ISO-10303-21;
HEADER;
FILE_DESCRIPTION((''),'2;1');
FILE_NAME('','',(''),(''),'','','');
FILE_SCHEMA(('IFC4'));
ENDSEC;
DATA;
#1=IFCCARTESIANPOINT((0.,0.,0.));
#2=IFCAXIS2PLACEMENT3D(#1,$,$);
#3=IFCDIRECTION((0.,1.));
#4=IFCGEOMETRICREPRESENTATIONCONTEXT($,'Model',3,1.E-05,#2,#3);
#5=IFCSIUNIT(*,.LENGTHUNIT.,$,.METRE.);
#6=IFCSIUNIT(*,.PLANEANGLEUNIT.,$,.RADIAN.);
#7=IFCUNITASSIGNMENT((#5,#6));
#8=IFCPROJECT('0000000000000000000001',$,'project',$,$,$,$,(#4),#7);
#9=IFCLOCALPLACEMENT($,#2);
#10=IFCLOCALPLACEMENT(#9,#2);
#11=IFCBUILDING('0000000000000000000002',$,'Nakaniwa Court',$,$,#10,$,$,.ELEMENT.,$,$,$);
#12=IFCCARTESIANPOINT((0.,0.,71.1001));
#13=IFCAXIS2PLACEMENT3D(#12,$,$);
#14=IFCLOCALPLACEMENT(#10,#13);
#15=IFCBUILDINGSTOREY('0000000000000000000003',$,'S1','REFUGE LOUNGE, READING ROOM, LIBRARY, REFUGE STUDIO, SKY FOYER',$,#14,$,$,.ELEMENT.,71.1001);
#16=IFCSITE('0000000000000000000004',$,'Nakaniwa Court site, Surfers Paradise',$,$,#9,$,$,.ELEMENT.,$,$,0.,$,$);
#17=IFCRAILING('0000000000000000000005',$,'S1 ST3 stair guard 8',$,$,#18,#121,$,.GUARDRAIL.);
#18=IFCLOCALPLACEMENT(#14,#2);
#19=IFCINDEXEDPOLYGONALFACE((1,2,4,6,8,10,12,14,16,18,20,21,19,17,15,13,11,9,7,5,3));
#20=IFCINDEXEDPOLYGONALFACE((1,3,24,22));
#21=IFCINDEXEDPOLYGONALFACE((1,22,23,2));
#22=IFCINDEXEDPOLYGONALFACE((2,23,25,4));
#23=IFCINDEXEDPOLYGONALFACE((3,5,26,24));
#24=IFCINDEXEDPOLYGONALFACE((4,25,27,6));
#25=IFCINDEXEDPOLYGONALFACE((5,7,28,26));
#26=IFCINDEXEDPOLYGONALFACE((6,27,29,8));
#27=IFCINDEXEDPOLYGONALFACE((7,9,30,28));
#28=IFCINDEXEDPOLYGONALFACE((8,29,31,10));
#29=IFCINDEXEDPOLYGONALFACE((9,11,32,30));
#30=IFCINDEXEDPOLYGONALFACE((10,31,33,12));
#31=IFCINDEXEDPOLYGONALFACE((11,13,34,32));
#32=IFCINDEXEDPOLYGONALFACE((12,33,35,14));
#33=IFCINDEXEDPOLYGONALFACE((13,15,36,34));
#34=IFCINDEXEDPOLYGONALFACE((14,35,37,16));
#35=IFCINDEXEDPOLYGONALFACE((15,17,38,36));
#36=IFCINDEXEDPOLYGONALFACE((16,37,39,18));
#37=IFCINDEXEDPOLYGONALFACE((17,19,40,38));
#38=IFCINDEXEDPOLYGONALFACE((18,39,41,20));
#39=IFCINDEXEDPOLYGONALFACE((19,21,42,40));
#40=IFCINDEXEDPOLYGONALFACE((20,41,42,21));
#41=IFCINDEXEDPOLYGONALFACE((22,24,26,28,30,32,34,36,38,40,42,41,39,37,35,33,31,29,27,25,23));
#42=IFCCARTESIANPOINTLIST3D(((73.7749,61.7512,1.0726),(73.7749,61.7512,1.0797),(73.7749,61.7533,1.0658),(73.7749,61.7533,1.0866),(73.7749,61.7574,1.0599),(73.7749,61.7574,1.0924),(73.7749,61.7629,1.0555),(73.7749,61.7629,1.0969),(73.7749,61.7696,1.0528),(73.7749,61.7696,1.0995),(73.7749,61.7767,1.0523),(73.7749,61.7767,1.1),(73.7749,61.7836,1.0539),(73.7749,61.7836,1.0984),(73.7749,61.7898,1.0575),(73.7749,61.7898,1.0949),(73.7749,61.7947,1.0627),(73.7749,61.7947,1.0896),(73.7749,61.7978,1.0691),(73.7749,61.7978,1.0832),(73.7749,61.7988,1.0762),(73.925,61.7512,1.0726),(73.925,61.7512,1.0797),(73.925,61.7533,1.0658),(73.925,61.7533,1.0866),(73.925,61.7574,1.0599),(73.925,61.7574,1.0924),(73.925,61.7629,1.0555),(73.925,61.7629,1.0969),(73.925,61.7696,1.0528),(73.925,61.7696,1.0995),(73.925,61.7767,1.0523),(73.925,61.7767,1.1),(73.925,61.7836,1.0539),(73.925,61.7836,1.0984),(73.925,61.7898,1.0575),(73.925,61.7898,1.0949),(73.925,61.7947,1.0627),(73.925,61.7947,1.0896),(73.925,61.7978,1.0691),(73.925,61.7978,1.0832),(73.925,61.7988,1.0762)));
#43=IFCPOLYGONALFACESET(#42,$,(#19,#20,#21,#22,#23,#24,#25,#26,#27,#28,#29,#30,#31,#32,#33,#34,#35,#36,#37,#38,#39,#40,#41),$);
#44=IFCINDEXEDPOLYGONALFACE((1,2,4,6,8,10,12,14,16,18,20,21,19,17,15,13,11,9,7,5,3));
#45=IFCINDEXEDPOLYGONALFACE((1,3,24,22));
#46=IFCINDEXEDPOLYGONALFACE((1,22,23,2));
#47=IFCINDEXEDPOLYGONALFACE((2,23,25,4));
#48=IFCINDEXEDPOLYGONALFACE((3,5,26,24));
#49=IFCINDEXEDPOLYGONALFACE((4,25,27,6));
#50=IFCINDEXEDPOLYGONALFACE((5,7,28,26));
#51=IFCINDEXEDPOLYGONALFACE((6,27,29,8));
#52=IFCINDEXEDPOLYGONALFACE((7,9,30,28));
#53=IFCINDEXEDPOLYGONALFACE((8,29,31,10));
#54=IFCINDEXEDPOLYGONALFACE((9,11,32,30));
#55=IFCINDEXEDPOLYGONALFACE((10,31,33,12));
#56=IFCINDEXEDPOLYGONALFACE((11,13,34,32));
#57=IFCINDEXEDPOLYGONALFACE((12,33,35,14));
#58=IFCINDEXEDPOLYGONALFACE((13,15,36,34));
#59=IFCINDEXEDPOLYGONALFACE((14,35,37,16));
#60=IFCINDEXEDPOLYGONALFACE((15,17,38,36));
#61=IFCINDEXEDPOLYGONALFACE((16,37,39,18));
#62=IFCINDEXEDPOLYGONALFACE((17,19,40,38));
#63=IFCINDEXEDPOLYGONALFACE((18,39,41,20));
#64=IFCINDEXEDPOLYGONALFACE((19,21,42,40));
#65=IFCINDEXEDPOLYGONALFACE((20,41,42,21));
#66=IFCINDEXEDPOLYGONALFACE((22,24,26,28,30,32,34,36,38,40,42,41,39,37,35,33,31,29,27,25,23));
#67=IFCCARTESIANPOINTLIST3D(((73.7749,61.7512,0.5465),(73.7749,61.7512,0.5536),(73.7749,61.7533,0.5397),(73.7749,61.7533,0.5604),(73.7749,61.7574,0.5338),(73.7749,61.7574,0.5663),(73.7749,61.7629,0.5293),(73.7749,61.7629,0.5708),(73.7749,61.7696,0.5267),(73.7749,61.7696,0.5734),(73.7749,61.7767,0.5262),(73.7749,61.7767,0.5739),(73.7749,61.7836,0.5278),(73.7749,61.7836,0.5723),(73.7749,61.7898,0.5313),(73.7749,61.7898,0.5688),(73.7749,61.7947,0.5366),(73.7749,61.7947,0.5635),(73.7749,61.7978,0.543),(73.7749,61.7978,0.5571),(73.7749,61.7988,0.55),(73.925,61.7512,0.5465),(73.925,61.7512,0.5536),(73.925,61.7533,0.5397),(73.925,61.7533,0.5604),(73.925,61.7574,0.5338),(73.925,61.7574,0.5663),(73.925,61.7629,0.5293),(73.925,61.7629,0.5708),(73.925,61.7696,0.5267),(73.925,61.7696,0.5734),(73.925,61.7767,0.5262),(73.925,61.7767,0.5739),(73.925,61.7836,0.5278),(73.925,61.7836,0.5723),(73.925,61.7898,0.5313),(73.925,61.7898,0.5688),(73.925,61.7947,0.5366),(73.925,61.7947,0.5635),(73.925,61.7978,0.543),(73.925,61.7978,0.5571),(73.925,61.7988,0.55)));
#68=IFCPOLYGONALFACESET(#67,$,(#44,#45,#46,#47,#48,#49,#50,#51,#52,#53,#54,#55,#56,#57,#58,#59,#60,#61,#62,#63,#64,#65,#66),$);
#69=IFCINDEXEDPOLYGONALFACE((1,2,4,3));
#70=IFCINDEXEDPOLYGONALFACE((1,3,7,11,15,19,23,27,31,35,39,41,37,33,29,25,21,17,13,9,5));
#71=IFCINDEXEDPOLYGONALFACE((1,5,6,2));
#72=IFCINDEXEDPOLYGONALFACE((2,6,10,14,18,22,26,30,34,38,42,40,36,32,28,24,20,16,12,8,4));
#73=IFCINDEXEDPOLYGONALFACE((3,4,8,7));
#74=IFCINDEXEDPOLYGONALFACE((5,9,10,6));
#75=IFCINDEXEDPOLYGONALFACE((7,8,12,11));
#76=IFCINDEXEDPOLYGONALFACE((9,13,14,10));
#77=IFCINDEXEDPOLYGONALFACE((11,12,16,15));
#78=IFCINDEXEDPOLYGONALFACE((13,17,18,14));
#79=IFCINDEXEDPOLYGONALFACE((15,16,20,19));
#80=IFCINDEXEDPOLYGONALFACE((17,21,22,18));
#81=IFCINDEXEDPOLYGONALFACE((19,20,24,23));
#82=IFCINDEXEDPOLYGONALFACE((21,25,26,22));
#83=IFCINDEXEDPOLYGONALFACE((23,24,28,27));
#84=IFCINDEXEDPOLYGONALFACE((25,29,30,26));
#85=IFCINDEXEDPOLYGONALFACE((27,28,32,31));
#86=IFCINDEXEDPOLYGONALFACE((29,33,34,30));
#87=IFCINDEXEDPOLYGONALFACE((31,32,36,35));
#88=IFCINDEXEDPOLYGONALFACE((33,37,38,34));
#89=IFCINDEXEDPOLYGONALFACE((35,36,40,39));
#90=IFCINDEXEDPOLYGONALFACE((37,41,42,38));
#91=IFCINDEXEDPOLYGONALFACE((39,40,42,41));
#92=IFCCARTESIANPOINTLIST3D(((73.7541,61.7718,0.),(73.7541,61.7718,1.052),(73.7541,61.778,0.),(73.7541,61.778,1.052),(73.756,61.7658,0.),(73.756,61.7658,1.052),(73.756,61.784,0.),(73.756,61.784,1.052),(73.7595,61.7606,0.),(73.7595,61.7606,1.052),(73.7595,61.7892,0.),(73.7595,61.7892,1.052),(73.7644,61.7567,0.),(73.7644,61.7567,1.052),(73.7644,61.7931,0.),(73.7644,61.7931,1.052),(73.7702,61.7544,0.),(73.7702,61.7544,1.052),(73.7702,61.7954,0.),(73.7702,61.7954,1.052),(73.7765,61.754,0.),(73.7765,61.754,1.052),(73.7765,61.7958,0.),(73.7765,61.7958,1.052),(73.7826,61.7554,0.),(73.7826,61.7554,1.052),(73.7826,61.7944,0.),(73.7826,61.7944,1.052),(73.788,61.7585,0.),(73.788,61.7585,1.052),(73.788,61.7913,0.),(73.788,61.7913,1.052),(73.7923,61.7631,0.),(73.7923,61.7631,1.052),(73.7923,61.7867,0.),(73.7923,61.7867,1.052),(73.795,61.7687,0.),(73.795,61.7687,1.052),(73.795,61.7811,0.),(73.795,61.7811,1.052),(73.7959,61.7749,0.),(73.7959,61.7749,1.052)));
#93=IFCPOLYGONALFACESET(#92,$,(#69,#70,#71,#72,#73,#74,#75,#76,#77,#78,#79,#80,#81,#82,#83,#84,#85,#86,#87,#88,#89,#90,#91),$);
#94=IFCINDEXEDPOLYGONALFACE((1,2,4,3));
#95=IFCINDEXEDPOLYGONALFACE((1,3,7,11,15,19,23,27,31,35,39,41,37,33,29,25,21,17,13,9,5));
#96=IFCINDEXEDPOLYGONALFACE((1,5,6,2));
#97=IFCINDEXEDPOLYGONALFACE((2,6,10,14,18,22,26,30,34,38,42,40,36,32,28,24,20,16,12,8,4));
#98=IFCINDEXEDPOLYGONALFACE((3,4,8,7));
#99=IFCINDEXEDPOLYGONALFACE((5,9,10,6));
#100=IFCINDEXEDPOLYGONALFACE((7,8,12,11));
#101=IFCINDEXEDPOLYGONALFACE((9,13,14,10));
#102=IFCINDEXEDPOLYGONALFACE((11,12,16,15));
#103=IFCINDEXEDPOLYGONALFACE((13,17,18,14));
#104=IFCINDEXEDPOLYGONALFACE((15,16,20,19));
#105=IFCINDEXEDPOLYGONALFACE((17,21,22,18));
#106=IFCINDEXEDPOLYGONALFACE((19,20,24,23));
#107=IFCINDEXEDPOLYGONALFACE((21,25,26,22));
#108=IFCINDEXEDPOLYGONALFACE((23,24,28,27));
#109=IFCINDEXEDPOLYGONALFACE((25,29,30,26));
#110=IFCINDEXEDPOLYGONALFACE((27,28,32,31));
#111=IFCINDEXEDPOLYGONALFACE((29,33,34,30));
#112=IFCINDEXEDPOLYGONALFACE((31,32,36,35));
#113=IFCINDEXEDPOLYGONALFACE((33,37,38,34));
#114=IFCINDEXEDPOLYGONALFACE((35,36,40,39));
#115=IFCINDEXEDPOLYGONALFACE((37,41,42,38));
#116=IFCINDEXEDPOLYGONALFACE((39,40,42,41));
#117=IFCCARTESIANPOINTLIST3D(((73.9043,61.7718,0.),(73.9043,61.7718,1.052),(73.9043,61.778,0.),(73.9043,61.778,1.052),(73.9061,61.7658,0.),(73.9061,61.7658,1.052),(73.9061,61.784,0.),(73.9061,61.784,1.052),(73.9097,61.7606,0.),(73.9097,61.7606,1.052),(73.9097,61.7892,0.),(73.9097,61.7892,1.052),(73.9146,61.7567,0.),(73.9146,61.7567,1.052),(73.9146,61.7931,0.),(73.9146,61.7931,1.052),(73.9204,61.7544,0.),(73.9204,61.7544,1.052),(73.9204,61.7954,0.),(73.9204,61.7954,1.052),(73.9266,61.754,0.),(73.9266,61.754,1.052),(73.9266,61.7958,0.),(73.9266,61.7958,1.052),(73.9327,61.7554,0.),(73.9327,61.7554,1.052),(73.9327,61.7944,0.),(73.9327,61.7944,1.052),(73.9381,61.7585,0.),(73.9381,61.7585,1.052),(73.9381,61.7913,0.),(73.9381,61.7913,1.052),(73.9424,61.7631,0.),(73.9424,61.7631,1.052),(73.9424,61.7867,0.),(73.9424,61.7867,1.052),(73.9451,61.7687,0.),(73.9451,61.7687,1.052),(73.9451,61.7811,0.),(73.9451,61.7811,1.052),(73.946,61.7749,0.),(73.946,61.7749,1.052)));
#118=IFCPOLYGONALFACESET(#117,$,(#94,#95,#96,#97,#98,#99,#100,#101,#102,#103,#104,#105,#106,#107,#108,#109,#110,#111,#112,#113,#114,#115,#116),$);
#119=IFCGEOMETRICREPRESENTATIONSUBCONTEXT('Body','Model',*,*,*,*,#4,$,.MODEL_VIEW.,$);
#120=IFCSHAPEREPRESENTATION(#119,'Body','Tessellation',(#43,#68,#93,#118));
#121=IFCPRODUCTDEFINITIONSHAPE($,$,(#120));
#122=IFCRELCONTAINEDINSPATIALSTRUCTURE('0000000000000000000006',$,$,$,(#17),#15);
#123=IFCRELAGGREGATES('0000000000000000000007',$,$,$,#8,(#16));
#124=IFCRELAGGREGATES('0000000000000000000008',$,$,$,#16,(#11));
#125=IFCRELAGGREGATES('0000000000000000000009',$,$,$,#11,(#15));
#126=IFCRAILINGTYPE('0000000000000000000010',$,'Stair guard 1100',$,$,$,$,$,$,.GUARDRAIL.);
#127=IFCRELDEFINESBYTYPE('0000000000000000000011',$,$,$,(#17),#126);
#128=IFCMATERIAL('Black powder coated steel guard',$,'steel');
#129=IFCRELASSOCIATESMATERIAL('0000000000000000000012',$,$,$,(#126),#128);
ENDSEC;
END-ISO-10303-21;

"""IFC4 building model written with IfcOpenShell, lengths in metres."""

from ifc_helpers import new_model, si_unit, direction, frame, origin, origin_2d, place, context, subcontext, project, spatial, circle, extrude, material, type_object, element, save


model = new_model("IFC4")

# Units and contexts
model_context = context("Model", 3, precision=1e-05, world=origin(), true_north=direction((0.0, 1.0)))
body_context = subcontext(model_context, "Body", "Model", "MODEL_VIEW")
ifc_project = project(units=[si_unit("LENGTHUNIT", "METRE"), si_unit("PLANEANGLEUNIT", "RADIAN")], contexts=[model_context])

# Site, building, storey
site_placement = place(None, origin())
site = spatial("IfcSite", under=ifc_project, at=site_placement, Name="Nakaniwa Court site, Surfers Paradise", CompositionType="ELEMENT", RefElevation=0.0)
building_placement = place(site_placement, origin())
building = spatial("IfcBuilding", under=site, at=building_placement, Name="Nakaniwa Court", CompositionType="ELEMENT")
storey_placement = place(building_placement, frame((0.0, 0.0, 71.1001)))
storey = spatial("IfcBuildingStorey", under=building, at=storey_placement, Name="S1", Description="REFUGE LOUNGE, READING ROOM, LIBRARY, REFUGE STUDIO, SKY FOYER", CompositionType="ELEMENT", Elevation=71.1001)

# Railing
ifc_material_1 = material(Name="Black powder coated steel guard", Category="steel")
railing_type_1 = type_object("IfcRailingType", Name="Stair guard 1100", PredefinedType="GUARDRAIL", material=ifc_material_1)
railing_1_placement = place(storey_placement, frame((73.7749, 61.7749, 0.0)))
element("IfcRailing", 1, at=railing_1_placement, inside=storey, type_object=railing_type_1, Name="S1 ST3 stair guard 8", PredefinedType="GUARDRAIL", context=body_context, shape_type="SweptSolid", body=[
    extrude(circle(Radius=0.0239, at=origin_2d()), frame((0.0, 0.0, 1.0762), z_axis=(1.0, 0.0, 0.0), x_axis=(0.0, 1.0, 0.0)), (0.0, 0.0, 1.0), 0.1501),
    extrude(circle(Radius=0.0239, at=origin_2d()), frame((0.0, 0.0, 0.55), z_axis=(1.0, 0.0, 0.0), x_axis=(0.0, 1.0, 0.0)), (0.0, 0.0, 1.0), 0.1501),
    extrude(circle(Radius=0.021, at=origin_2d()), origin(), (0.0, 0.0, 1.0), 1.052),
    extrude(circle(Radius=0.021, at=origin_2d()), frame((0.1501, 0.0, 0.0)), (0.0, 0.0, 1.0), 1.052),
])

save(model, "model.ifc")
